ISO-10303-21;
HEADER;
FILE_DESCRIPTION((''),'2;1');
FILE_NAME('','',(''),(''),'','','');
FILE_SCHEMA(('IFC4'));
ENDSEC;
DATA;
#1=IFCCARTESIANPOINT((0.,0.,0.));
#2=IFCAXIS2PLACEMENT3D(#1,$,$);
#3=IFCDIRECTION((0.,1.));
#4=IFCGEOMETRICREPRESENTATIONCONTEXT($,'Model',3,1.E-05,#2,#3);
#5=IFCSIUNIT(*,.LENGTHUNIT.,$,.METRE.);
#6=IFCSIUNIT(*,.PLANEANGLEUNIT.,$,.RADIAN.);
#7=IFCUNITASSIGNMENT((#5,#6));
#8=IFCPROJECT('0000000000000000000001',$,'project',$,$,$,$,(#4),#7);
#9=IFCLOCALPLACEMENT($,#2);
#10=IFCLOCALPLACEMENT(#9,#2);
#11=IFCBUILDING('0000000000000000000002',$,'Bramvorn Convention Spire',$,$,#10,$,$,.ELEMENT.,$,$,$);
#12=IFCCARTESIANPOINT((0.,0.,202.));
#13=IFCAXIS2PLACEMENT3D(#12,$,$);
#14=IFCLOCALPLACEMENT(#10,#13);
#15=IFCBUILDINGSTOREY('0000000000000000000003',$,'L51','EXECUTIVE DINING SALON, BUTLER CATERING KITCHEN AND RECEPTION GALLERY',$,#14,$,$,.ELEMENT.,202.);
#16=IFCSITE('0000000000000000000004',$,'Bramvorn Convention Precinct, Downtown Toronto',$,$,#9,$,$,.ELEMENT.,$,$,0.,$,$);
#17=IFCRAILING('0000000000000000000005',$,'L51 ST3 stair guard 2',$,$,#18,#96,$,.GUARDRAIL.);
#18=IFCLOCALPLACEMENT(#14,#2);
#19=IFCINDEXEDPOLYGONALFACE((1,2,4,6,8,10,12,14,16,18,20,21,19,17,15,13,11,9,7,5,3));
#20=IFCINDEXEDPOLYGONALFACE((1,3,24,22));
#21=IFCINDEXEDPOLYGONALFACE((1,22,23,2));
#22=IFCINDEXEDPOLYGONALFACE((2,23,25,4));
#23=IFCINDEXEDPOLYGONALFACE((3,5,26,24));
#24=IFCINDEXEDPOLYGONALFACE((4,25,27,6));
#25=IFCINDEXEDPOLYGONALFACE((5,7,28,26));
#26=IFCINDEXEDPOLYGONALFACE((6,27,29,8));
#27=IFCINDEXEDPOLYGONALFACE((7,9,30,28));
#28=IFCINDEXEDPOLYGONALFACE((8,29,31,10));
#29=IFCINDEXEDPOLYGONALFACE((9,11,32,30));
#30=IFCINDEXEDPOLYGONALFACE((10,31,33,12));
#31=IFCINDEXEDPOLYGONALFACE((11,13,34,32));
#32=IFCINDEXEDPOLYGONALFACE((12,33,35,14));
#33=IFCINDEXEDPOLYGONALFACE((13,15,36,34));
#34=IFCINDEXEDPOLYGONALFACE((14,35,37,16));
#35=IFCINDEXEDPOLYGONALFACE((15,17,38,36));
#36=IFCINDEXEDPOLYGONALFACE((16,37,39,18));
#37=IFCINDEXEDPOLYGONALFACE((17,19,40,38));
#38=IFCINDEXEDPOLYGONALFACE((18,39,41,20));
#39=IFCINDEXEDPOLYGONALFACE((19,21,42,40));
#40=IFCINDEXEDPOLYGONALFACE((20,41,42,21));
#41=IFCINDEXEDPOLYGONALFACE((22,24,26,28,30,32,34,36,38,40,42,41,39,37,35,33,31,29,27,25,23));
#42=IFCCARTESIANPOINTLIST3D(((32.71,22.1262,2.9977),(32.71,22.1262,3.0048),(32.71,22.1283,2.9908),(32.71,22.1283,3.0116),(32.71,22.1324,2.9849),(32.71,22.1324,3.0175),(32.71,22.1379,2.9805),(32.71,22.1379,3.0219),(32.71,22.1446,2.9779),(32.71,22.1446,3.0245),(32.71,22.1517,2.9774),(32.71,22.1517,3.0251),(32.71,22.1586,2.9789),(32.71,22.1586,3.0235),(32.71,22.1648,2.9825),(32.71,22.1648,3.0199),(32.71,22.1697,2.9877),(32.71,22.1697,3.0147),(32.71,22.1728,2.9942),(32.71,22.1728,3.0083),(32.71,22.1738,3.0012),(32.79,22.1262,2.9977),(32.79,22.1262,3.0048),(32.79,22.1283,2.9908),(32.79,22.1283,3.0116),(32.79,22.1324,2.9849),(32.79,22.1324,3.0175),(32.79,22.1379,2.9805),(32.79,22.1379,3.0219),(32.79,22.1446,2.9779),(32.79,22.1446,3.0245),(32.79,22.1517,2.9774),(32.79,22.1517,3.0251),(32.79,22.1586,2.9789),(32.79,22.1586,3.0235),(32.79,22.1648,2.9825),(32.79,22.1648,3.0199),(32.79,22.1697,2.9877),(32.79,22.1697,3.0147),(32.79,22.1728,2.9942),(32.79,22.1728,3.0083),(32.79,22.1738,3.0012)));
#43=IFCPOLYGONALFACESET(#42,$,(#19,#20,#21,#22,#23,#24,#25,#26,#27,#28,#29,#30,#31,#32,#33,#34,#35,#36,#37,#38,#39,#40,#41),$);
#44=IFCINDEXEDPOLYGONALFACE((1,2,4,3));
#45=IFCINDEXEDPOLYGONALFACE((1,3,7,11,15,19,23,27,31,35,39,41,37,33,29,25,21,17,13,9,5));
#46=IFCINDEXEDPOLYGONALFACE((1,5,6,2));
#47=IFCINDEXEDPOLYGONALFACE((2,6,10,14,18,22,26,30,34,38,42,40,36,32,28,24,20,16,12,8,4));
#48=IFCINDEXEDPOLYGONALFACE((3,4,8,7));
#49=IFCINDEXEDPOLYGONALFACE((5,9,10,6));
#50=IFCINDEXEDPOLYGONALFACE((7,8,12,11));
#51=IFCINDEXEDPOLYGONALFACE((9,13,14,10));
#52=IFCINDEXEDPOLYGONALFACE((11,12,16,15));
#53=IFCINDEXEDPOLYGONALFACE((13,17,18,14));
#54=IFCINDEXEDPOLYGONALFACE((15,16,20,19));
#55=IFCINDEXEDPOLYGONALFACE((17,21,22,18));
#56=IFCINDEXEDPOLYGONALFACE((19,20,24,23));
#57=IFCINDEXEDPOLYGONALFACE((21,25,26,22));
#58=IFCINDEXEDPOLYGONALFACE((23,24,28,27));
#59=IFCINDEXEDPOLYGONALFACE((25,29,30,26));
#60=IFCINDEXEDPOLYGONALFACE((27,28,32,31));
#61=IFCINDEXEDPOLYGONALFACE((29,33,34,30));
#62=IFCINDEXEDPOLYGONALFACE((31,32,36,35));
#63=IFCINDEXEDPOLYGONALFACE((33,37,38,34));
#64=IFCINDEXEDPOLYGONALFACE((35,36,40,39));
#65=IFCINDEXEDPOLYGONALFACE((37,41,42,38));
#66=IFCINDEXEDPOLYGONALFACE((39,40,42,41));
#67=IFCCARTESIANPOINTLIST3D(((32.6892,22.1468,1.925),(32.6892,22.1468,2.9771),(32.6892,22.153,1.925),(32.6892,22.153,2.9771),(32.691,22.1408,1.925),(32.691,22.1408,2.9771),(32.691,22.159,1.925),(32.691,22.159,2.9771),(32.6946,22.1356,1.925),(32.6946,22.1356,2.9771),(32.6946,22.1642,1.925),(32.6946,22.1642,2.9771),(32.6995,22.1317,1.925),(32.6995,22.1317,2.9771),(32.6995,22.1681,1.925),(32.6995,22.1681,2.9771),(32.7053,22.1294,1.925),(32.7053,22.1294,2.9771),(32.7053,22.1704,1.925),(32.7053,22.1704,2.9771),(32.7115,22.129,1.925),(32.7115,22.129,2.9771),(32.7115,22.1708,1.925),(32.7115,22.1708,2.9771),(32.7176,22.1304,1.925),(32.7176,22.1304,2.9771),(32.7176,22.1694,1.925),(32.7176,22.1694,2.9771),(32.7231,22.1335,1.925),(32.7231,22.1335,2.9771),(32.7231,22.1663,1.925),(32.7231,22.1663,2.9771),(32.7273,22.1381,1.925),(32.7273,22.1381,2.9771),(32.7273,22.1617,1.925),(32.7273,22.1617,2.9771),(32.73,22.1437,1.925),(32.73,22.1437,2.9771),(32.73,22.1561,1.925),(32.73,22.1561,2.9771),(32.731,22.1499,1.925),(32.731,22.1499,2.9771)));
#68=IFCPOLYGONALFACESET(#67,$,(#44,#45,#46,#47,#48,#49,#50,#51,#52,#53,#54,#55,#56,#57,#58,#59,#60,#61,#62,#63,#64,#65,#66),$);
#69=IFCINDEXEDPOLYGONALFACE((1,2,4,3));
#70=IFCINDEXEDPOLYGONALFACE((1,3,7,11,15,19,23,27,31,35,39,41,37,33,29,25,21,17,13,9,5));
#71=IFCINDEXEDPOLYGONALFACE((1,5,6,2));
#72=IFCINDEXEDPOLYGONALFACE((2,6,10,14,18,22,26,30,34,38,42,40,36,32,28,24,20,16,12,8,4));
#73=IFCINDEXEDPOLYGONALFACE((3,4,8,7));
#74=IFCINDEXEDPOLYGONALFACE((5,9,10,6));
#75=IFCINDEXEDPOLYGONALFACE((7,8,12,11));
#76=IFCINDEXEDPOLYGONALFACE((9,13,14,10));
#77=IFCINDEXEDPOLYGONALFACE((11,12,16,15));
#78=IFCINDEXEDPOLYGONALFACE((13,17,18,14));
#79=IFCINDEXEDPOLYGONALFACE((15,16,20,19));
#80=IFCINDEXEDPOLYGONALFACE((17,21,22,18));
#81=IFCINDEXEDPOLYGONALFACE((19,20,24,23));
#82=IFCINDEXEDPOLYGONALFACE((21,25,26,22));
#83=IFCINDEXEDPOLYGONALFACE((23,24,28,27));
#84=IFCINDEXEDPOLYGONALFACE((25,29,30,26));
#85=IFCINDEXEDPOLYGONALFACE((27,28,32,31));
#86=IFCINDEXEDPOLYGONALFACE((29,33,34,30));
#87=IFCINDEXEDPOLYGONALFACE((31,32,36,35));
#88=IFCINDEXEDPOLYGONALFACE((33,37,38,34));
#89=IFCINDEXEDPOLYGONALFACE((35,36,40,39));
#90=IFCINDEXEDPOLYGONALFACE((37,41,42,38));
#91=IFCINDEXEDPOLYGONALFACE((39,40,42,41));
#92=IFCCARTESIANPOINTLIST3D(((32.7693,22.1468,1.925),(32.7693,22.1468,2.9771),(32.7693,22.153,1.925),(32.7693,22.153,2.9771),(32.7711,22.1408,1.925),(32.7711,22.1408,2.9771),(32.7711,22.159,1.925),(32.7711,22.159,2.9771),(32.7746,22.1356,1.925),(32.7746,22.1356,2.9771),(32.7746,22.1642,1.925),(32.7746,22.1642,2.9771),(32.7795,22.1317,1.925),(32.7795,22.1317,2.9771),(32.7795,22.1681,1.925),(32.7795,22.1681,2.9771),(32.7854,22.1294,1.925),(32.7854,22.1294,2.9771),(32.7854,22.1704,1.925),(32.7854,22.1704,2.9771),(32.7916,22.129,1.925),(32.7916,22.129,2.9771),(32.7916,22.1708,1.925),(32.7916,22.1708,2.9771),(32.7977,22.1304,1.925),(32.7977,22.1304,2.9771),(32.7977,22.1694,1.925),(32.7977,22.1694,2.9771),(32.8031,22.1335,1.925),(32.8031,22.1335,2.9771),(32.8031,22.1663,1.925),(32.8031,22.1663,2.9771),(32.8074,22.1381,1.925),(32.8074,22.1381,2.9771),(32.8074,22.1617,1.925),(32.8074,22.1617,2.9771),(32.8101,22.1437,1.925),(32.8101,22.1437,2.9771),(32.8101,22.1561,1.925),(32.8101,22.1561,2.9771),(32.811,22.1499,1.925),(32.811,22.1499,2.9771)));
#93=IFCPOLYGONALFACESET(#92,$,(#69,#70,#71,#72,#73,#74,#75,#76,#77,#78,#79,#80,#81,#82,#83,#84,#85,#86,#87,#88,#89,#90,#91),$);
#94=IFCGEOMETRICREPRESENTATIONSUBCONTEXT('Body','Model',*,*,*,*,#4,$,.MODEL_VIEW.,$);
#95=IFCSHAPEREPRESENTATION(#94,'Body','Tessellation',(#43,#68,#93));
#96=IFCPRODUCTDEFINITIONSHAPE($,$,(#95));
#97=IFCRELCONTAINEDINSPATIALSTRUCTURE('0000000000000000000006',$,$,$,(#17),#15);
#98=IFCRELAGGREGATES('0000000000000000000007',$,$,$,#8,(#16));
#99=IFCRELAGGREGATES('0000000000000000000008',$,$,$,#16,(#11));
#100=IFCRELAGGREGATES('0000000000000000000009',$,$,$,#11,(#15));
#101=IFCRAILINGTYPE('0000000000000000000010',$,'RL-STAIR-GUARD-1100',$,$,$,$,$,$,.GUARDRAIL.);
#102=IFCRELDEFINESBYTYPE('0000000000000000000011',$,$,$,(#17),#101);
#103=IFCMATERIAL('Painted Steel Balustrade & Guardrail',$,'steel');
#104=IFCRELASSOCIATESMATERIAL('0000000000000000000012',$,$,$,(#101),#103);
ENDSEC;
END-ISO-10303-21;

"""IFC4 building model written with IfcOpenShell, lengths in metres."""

from ifc_helpers import new_model, si_unit, direction, frame, origin, origin_2d, place, context, subcontext, project, spatial, circle, extrude, material, type_object, element, save


model = new_model("IFC4")

# Units and contexts
model_context = context("Model", 3, precision=1e-05, world=origin(), true_north=direction((0.0, 1.0)))
body_context = subcontext(model_context, "Body", "Model", "MODEL_VIEW")
ifc_project = project(units=[si_unit("LENGTHUNIT", "METRE"), si_unit("PLANEANGLEUNIT", "RADIAN")], contexts=[model_context])

# Site, building, storey
site_placement = place(None, origin())
site = spatial("IfcSite", under=ifc_project, at=site_placement, Name="Bramvorn Convention Precinct, Downtown Toronto", CompositionType="ELEMENT", RefElevation=0.0)
building_placement = place(site_placement, origin())
building = spatial("IfcBuilding", under=site, at=building_placement, Name="Bramvorn Convention Spire", CompositionType="ELEMENT")
storey_placement = place(building_placement, frame((0.0, 0.0, 202.0)))
storey = spatial("IfcBuildingStorey", under=building, at=storey_placement, Name="L51", Description="EXECUTIVE DINING SALON, BUTLER CATERING KITCHEN AND RECEPTION GALLERY", CompositionType="ELEMENT", Elevation=202.0)

# Railing
ifc_material_1 = material(Name="Painted Steel Balustrade & Guardrail", Category="steel")
railing_type_1 = type_object("IfcRailingType", Name="RL-STAIR-GUARD-1100", PredefinedType="GUARDRAIL", material=ifc_material_1)
railing_1_placement = place(storey_placement, frame((32.71, 22.1499, 1.925)))
element("IfcRailing", 1, at=railing_1_placement, inside=storey, type_object=railing_type_1, Name="L51 ST3 stair guard 2", PredefinedType="GUARDRAIL", context=body_context, shape_type="SweptSolid", body=[
    extrude(circle(Radius=0.0239, at=origin_2d()), frame((0.0, 0.0, 1.0762), z_axis=(1.0, 0.0, 0.0), x_axis=(0.0, 1.0, 0.0)), (0.0, 0.0, 1.0), 0.0801),
    extrude(circle(Radius=0.021, at=origin_2d()), origin(), (0.0, 0.0, 1.0), 1.052),
    extrude(circle(Radius=0.021, at=origin_2d()), frame((0.0801, 0.0, 0.0)), (0.0, 0.0, 1.0), 1.052),
])

save(model, "model.ifc")
